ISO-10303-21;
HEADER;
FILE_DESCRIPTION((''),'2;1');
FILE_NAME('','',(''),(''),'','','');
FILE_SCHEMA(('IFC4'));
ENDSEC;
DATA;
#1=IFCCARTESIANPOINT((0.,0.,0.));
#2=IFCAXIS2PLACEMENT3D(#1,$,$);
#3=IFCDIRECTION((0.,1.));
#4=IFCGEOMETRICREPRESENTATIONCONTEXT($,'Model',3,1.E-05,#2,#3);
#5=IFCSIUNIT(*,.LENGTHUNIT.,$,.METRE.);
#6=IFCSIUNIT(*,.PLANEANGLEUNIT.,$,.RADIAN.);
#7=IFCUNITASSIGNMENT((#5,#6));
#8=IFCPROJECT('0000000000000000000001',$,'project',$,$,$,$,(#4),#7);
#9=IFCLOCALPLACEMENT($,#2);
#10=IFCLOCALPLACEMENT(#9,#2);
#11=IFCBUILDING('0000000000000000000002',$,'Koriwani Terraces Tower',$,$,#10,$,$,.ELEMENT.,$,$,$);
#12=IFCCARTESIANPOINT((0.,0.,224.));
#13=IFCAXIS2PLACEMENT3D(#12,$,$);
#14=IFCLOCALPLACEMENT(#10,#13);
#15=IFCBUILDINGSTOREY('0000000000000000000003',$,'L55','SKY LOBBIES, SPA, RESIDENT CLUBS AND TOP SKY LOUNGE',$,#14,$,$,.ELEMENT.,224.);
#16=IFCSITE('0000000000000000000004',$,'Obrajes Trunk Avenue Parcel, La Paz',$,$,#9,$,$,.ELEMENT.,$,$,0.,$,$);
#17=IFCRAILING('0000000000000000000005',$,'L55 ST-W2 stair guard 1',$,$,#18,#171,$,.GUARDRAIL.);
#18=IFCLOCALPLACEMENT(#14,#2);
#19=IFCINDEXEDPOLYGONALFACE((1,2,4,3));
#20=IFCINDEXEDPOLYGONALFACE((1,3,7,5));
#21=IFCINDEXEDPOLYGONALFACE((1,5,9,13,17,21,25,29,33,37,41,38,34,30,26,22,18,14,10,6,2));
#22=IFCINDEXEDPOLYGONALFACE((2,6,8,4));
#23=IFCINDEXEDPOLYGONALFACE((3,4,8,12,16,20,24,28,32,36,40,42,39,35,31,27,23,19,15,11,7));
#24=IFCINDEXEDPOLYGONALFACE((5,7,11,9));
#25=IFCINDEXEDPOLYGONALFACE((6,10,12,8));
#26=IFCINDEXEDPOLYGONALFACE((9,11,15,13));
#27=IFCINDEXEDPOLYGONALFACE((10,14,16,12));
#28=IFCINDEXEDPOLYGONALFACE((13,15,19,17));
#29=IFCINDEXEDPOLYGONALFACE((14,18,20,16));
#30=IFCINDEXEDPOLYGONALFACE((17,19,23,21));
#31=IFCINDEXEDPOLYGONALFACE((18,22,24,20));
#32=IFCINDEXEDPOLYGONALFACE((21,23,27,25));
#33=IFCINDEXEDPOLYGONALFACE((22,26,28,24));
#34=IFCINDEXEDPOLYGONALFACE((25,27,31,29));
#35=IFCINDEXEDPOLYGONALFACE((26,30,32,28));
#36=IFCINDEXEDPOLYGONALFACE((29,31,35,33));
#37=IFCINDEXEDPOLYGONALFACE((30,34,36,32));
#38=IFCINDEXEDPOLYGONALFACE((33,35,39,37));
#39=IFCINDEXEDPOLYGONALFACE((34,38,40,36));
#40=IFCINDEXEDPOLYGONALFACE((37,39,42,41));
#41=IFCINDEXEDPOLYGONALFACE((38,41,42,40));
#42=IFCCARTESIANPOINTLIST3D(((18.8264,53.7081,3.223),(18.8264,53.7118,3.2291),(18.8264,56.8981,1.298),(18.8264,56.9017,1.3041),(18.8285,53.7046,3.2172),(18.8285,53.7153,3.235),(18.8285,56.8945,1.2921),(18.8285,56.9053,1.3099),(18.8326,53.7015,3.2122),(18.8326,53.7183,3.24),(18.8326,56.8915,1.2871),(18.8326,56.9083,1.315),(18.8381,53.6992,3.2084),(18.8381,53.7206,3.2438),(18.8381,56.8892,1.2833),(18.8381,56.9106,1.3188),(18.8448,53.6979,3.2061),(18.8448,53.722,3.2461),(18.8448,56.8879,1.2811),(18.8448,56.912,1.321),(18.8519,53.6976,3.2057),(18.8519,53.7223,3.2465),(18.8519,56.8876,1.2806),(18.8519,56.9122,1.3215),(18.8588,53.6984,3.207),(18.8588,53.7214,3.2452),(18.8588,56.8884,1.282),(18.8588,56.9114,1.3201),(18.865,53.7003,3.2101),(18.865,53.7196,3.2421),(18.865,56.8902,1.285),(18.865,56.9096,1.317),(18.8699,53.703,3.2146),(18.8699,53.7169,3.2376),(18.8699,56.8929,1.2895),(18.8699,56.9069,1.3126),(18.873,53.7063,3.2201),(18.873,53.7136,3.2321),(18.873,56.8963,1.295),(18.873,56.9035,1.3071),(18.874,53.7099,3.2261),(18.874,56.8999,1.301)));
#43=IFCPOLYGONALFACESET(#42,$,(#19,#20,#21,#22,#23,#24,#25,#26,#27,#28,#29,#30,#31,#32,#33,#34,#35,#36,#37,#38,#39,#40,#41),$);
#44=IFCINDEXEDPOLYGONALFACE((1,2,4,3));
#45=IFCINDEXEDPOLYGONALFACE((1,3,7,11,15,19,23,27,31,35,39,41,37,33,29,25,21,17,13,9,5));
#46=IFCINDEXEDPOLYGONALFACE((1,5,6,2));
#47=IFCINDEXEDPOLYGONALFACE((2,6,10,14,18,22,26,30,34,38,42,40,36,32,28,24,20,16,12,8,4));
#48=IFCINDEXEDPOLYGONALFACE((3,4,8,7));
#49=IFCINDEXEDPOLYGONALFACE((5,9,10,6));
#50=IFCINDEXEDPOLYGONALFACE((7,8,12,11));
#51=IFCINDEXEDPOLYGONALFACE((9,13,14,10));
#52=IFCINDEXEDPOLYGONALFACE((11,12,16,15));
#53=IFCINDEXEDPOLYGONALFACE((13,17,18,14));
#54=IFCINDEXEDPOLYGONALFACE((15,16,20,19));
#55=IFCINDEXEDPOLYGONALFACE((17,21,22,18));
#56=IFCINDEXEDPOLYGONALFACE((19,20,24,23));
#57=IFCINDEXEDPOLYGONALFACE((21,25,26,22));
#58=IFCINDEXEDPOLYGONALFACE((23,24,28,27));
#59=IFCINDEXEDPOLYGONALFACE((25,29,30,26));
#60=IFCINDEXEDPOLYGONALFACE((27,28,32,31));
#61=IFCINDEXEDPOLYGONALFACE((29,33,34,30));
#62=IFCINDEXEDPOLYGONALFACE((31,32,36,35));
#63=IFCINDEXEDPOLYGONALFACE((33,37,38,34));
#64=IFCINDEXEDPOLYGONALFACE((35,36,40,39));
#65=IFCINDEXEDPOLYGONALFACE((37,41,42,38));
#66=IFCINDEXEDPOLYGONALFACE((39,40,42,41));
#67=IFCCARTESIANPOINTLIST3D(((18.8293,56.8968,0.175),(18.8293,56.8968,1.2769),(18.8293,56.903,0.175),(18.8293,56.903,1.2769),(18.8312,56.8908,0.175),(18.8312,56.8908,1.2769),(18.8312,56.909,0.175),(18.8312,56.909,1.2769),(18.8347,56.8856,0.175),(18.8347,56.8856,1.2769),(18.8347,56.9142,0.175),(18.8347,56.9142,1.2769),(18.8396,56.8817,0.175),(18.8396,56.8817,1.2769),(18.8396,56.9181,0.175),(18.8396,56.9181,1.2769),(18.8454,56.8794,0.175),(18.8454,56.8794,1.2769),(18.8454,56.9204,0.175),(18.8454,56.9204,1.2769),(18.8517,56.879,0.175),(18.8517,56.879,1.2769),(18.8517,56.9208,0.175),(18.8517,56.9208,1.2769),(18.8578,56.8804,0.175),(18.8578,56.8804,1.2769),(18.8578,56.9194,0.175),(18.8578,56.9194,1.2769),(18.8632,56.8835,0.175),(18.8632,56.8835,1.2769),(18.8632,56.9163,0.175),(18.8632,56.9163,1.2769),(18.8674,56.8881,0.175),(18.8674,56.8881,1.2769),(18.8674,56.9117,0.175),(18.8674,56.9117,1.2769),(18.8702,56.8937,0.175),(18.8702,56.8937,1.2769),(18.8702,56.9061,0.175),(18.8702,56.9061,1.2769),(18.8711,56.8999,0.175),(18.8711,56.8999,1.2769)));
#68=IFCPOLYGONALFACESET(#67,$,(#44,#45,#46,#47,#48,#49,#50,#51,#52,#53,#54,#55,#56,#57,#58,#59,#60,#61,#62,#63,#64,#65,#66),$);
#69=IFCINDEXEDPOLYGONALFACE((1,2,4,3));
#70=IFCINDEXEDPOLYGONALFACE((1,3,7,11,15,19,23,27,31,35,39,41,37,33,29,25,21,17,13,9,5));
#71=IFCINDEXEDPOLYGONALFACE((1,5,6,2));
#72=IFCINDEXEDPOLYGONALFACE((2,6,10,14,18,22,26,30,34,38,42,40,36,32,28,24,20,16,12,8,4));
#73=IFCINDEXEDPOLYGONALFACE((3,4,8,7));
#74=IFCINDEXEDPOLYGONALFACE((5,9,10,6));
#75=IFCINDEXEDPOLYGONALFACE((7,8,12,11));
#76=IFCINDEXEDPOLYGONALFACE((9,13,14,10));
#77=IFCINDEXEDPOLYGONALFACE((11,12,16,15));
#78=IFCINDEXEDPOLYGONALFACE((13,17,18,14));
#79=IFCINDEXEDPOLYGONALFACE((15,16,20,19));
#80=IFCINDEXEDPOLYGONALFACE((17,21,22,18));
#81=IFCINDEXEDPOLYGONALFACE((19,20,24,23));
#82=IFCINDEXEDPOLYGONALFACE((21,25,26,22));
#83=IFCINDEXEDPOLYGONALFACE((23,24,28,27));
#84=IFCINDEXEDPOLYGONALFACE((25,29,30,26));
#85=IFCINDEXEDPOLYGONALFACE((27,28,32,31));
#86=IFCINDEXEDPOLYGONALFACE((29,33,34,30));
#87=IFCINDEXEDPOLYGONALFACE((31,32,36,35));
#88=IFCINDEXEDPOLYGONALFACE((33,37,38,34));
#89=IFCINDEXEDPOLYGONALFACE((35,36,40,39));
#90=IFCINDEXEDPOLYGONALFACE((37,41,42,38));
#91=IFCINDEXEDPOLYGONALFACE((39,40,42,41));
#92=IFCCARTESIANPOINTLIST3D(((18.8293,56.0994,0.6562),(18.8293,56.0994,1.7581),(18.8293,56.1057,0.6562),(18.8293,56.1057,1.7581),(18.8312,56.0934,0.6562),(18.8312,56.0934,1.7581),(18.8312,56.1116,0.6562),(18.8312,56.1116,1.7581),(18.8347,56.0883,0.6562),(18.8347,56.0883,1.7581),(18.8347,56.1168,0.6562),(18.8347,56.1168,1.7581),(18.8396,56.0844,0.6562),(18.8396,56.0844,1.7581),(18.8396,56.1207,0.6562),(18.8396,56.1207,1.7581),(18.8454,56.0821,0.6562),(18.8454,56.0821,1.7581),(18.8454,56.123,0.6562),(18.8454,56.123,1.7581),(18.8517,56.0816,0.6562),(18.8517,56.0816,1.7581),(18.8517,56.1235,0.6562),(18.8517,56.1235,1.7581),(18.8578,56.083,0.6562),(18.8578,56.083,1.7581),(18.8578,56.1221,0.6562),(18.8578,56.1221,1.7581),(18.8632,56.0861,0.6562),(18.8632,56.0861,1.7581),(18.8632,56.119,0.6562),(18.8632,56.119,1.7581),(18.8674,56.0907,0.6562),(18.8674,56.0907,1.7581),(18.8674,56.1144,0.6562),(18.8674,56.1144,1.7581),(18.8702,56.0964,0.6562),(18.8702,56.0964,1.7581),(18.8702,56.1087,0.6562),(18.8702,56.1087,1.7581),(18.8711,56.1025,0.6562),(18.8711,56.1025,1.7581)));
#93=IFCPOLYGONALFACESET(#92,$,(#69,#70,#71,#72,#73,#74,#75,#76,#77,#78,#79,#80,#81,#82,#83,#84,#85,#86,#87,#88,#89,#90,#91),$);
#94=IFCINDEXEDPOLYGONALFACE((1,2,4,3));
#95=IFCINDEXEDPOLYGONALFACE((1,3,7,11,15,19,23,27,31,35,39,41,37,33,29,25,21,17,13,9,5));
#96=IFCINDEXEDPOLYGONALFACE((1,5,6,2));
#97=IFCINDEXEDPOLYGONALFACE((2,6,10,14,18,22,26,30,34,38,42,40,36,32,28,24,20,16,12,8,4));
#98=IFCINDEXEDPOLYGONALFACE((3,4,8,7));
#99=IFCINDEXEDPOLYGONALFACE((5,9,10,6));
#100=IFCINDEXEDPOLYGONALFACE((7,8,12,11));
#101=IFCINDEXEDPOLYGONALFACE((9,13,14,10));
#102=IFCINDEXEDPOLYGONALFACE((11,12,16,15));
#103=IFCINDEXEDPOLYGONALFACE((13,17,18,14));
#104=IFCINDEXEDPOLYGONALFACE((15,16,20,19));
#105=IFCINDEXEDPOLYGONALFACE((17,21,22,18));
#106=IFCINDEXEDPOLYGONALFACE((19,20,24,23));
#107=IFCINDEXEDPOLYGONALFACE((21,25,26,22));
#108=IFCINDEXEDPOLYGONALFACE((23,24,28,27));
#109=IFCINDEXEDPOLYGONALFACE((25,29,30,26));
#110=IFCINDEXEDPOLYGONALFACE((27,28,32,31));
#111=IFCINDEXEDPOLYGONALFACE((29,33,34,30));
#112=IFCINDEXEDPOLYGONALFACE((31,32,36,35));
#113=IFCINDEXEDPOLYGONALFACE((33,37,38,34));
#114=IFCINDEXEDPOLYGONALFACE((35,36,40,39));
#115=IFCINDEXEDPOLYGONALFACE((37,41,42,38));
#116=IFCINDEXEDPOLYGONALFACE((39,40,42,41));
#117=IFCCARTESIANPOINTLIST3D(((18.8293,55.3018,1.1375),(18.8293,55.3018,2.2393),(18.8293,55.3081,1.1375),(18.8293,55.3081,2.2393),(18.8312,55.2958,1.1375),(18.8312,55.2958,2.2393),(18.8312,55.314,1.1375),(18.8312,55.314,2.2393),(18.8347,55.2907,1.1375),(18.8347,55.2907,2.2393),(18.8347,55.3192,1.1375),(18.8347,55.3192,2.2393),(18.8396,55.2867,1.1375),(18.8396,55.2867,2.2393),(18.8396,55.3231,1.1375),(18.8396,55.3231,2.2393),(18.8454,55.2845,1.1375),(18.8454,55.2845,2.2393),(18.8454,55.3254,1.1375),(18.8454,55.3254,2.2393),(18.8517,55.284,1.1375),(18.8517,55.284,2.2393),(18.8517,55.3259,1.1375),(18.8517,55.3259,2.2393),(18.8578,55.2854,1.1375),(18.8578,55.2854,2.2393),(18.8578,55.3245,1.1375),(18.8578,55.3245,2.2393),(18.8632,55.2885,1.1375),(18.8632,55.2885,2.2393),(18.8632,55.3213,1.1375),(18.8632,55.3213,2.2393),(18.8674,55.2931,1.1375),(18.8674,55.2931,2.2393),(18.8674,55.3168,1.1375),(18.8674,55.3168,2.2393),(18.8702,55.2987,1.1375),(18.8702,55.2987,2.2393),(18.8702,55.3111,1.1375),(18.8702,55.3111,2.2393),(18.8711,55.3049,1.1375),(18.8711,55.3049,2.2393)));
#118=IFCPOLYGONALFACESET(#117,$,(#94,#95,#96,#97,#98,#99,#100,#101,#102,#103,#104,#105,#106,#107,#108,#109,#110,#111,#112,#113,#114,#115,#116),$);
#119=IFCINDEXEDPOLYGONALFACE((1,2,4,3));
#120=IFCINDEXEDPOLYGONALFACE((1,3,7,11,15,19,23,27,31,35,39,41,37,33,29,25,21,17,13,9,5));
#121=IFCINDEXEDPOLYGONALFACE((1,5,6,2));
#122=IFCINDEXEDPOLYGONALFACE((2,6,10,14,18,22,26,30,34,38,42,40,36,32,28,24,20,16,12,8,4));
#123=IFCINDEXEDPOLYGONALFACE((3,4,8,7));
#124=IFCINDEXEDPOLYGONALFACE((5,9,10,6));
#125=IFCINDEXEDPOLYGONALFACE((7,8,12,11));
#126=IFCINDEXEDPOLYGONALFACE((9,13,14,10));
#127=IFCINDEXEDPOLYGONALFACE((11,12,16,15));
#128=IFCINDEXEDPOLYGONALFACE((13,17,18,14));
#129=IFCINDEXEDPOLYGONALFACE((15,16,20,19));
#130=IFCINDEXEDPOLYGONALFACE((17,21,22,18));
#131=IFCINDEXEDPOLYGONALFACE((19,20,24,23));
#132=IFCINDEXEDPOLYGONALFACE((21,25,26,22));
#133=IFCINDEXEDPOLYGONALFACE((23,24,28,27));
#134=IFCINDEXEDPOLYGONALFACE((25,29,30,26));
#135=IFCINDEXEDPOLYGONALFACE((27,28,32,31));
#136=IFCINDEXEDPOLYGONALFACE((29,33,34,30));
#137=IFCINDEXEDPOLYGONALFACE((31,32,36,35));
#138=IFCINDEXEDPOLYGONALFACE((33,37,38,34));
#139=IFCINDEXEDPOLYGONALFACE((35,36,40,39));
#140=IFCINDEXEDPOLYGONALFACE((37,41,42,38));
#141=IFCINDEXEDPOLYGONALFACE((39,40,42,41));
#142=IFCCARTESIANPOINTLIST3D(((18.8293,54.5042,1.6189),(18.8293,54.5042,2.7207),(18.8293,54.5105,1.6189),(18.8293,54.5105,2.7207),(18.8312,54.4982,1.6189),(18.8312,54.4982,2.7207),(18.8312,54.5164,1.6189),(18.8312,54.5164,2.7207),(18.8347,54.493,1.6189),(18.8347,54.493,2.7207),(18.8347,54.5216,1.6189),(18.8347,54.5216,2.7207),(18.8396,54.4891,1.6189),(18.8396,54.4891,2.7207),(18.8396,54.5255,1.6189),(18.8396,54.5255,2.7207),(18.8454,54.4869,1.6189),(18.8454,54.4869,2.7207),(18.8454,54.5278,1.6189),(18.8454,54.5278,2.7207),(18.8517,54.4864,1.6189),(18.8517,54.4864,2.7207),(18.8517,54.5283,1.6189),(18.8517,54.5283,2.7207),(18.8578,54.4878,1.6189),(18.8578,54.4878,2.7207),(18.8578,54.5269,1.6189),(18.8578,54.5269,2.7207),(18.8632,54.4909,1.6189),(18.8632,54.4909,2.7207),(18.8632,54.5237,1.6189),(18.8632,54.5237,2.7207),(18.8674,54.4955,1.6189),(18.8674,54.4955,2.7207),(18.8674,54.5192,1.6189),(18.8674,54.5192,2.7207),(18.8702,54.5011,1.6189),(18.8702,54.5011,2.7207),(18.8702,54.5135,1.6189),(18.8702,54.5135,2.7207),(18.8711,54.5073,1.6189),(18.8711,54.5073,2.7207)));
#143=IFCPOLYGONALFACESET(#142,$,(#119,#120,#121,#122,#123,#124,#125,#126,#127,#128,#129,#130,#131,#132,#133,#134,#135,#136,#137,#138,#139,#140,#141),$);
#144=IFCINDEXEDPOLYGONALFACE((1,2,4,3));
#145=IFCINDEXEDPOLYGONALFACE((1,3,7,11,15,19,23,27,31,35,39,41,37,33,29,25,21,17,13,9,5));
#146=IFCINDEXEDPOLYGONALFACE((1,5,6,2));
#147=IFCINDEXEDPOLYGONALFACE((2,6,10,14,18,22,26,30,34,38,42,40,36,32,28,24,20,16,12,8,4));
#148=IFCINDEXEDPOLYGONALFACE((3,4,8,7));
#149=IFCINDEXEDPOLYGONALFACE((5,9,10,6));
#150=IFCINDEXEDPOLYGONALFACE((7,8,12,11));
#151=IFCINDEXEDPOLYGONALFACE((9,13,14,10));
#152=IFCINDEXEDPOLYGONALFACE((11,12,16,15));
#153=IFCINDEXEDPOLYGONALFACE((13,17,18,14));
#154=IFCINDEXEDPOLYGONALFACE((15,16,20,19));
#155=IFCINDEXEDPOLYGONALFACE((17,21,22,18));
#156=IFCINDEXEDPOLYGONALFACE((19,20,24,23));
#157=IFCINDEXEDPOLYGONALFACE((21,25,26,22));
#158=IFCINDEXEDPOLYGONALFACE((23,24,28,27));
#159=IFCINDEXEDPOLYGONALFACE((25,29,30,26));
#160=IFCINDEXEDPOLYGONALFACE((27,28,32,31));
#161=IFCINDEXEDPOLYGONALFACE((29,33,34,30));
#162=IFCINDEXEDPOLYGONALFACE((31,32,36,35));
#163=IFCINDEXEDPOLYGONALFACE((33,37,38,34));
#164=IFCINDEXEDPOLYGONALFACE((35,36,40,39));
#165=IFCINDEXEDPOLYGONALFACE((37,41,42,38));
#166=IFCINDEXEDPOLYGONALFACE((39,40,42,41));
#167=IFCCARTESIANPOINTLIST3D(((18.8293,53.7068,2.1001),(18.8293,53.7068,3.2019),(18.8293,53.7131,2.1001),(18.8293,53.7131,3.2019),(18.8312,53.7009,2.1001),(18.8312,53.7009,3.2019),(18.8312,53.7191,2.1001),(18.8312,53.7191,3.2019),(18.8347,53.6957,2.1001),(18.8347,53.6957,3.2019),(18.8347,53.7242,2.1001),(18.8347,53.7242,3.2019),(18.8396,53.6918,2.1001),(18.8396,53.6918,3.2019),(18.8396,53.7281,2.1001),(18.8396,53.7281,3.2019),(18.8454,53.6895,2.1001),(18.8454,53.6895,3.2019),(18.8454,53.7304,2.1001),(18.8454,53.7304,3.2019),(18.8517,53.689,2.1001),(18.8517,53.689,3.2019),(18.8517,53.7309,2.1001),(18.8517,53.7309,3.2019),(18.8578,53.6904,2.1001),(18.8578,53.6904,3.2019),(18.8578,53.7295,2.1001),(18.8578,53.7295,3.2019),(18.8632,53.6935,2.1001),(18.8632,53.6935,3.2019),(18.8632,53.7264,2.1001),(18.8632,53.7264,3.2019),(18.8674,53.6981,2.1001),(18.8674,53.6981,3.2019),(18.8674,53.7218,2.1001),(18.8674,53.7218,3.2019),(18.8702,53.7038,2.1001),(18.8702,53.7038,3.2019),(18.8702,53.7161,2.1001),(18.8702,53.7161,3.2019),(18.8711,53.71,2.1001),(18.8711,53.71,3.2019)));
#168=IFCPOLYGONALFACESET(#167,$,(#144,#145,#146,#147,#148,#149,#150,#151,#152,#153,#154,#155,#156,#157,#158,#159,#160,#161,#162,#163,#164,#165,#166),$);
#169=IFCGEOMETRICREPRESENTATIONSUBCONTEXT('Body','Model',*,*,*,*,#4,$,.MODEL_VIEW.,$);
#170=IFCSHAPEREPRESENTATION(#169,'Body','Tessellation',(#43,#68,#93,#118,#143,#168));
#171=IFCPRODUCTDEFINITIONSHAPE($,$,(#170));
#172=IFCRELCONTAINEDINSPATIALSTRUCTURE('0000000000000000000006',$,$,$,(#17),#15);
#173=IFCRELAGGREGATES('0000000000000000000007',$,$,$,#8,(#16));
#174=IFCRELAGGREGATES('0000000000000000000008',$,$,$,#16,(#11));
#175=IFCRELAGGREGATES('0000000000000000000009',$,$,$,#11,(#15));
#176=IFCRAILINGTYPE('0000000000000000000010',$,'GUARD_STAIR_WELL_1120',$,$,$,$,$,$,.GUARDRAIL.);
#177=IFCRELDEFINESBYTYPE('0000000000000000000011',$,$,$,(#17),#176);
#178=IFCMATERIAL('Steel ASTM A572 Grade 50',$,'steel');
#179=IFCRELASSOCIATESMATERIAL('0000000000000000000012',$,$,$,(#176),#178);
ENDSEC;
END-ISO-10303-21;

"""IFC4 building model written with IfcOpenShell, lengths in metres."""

from ifc_helpers import new_model, si_unit, direction, frame, origin, origin_2d, place, context, subcontext, project, spatial, circle, extrude, material, type_object, element, save


model = new_model("IFC4")

# Units and contexts
model_context = context("Model", 3, precision=1e-05, world=origin(), true_north=direction((0.0, 1.0)))
body_context = subcontext(model_context, "Body", "Model", "MODEL_VIEW")
ifc_project = project(units=[si_unit("LENGTHUNIT", "METRE"), si_unit("PLANEANGLEUNIT", "RADIAN")], contexts=[model_context])

# Site, building, storey
site_placement = place(None, origin())
site = spatial("IfcSite", under=ifc_project, at=site_placement, Name="Obrajes Trunk Avenue Parcel, La Paz", CompositionType="ELEMENT", RefElevation=0.0)
building_placement = place(site_placement, origin())
building = spatial("IfcBuilding", under=site, at=building_placement, Name="Koriwani Terraces Tower", CompositionType="ELEMENT")
storey_placement = place(building_placement, frame((0.0, 0.0, 224.0)))
storey = spatial("IfcBuildingStorey", under=building, at=storey_placement, Name="L55", Description="SKY LOBBIES, SPA, RESIDENT CLUBS AND TOP SKY LOUNGE", CompositionType="ELEMENT", Elevation=224.0)

# Shared definitions
ifc_material_1 = material(Name="Steel ASTM A572 Grade 50", Category="steel")

# Railing
railing_type_1 = type_object("IfcRailingType", Name="GUARD_STAIR_WELL_1120", PredefinedType="GUARDRAIL", material=ifc_material_1)
railing_1_placement = place(storey_placement, frame((18.8501, 56.8999, 0.175)))
element("IfcRailing", 1, at=railing_1_placement, inside=storey, type_object=railing_type_1, Name="L55 ST-W2 stair guard 1", PredefinedType="GUARDRAIL", context=body_context, shape_type="SweptSolid", body=[
    extrude(circle(Radius=0.0239, at=origin_2d()), frame((0.0, 0.0, 1.126), z_axis=(0.0, -0.856178, 0.516682), x_axis=(1.0, 0.0, 0.0)), (0.0, 0.0, 1.0), 3.7258),
    extrude(circle(Radius=0.021, at=origin_2d()), origin(), (0.0, 0.0, 1.0), 1.1018),
    extrude(circle(Radius=0.021, at=origin_2d()), frame((0.0, -0.7974, 0.4812)), (0.0, 0.0, 1.0), 1.1018),
    extrude(circle(Radius=0.021, at=origin_2d()), frame((0.0, -1.595, 0.9624)), (0.0, 0.0, 1.0), 1.1018),
    extrude(circle(Radius=0.021, at=origin_2d()), frame((0.0, -2.3926, 1.4438)), (0.0, 0.0, 1.0), 1.1018),
    extrude(circle(Radius=0.021, at=origin_2d()), frame((0.0, -3.1899, 1.925)), (0.0, 0.0, 1.0), 1.1018),
])

save(model, "model.ifc")
